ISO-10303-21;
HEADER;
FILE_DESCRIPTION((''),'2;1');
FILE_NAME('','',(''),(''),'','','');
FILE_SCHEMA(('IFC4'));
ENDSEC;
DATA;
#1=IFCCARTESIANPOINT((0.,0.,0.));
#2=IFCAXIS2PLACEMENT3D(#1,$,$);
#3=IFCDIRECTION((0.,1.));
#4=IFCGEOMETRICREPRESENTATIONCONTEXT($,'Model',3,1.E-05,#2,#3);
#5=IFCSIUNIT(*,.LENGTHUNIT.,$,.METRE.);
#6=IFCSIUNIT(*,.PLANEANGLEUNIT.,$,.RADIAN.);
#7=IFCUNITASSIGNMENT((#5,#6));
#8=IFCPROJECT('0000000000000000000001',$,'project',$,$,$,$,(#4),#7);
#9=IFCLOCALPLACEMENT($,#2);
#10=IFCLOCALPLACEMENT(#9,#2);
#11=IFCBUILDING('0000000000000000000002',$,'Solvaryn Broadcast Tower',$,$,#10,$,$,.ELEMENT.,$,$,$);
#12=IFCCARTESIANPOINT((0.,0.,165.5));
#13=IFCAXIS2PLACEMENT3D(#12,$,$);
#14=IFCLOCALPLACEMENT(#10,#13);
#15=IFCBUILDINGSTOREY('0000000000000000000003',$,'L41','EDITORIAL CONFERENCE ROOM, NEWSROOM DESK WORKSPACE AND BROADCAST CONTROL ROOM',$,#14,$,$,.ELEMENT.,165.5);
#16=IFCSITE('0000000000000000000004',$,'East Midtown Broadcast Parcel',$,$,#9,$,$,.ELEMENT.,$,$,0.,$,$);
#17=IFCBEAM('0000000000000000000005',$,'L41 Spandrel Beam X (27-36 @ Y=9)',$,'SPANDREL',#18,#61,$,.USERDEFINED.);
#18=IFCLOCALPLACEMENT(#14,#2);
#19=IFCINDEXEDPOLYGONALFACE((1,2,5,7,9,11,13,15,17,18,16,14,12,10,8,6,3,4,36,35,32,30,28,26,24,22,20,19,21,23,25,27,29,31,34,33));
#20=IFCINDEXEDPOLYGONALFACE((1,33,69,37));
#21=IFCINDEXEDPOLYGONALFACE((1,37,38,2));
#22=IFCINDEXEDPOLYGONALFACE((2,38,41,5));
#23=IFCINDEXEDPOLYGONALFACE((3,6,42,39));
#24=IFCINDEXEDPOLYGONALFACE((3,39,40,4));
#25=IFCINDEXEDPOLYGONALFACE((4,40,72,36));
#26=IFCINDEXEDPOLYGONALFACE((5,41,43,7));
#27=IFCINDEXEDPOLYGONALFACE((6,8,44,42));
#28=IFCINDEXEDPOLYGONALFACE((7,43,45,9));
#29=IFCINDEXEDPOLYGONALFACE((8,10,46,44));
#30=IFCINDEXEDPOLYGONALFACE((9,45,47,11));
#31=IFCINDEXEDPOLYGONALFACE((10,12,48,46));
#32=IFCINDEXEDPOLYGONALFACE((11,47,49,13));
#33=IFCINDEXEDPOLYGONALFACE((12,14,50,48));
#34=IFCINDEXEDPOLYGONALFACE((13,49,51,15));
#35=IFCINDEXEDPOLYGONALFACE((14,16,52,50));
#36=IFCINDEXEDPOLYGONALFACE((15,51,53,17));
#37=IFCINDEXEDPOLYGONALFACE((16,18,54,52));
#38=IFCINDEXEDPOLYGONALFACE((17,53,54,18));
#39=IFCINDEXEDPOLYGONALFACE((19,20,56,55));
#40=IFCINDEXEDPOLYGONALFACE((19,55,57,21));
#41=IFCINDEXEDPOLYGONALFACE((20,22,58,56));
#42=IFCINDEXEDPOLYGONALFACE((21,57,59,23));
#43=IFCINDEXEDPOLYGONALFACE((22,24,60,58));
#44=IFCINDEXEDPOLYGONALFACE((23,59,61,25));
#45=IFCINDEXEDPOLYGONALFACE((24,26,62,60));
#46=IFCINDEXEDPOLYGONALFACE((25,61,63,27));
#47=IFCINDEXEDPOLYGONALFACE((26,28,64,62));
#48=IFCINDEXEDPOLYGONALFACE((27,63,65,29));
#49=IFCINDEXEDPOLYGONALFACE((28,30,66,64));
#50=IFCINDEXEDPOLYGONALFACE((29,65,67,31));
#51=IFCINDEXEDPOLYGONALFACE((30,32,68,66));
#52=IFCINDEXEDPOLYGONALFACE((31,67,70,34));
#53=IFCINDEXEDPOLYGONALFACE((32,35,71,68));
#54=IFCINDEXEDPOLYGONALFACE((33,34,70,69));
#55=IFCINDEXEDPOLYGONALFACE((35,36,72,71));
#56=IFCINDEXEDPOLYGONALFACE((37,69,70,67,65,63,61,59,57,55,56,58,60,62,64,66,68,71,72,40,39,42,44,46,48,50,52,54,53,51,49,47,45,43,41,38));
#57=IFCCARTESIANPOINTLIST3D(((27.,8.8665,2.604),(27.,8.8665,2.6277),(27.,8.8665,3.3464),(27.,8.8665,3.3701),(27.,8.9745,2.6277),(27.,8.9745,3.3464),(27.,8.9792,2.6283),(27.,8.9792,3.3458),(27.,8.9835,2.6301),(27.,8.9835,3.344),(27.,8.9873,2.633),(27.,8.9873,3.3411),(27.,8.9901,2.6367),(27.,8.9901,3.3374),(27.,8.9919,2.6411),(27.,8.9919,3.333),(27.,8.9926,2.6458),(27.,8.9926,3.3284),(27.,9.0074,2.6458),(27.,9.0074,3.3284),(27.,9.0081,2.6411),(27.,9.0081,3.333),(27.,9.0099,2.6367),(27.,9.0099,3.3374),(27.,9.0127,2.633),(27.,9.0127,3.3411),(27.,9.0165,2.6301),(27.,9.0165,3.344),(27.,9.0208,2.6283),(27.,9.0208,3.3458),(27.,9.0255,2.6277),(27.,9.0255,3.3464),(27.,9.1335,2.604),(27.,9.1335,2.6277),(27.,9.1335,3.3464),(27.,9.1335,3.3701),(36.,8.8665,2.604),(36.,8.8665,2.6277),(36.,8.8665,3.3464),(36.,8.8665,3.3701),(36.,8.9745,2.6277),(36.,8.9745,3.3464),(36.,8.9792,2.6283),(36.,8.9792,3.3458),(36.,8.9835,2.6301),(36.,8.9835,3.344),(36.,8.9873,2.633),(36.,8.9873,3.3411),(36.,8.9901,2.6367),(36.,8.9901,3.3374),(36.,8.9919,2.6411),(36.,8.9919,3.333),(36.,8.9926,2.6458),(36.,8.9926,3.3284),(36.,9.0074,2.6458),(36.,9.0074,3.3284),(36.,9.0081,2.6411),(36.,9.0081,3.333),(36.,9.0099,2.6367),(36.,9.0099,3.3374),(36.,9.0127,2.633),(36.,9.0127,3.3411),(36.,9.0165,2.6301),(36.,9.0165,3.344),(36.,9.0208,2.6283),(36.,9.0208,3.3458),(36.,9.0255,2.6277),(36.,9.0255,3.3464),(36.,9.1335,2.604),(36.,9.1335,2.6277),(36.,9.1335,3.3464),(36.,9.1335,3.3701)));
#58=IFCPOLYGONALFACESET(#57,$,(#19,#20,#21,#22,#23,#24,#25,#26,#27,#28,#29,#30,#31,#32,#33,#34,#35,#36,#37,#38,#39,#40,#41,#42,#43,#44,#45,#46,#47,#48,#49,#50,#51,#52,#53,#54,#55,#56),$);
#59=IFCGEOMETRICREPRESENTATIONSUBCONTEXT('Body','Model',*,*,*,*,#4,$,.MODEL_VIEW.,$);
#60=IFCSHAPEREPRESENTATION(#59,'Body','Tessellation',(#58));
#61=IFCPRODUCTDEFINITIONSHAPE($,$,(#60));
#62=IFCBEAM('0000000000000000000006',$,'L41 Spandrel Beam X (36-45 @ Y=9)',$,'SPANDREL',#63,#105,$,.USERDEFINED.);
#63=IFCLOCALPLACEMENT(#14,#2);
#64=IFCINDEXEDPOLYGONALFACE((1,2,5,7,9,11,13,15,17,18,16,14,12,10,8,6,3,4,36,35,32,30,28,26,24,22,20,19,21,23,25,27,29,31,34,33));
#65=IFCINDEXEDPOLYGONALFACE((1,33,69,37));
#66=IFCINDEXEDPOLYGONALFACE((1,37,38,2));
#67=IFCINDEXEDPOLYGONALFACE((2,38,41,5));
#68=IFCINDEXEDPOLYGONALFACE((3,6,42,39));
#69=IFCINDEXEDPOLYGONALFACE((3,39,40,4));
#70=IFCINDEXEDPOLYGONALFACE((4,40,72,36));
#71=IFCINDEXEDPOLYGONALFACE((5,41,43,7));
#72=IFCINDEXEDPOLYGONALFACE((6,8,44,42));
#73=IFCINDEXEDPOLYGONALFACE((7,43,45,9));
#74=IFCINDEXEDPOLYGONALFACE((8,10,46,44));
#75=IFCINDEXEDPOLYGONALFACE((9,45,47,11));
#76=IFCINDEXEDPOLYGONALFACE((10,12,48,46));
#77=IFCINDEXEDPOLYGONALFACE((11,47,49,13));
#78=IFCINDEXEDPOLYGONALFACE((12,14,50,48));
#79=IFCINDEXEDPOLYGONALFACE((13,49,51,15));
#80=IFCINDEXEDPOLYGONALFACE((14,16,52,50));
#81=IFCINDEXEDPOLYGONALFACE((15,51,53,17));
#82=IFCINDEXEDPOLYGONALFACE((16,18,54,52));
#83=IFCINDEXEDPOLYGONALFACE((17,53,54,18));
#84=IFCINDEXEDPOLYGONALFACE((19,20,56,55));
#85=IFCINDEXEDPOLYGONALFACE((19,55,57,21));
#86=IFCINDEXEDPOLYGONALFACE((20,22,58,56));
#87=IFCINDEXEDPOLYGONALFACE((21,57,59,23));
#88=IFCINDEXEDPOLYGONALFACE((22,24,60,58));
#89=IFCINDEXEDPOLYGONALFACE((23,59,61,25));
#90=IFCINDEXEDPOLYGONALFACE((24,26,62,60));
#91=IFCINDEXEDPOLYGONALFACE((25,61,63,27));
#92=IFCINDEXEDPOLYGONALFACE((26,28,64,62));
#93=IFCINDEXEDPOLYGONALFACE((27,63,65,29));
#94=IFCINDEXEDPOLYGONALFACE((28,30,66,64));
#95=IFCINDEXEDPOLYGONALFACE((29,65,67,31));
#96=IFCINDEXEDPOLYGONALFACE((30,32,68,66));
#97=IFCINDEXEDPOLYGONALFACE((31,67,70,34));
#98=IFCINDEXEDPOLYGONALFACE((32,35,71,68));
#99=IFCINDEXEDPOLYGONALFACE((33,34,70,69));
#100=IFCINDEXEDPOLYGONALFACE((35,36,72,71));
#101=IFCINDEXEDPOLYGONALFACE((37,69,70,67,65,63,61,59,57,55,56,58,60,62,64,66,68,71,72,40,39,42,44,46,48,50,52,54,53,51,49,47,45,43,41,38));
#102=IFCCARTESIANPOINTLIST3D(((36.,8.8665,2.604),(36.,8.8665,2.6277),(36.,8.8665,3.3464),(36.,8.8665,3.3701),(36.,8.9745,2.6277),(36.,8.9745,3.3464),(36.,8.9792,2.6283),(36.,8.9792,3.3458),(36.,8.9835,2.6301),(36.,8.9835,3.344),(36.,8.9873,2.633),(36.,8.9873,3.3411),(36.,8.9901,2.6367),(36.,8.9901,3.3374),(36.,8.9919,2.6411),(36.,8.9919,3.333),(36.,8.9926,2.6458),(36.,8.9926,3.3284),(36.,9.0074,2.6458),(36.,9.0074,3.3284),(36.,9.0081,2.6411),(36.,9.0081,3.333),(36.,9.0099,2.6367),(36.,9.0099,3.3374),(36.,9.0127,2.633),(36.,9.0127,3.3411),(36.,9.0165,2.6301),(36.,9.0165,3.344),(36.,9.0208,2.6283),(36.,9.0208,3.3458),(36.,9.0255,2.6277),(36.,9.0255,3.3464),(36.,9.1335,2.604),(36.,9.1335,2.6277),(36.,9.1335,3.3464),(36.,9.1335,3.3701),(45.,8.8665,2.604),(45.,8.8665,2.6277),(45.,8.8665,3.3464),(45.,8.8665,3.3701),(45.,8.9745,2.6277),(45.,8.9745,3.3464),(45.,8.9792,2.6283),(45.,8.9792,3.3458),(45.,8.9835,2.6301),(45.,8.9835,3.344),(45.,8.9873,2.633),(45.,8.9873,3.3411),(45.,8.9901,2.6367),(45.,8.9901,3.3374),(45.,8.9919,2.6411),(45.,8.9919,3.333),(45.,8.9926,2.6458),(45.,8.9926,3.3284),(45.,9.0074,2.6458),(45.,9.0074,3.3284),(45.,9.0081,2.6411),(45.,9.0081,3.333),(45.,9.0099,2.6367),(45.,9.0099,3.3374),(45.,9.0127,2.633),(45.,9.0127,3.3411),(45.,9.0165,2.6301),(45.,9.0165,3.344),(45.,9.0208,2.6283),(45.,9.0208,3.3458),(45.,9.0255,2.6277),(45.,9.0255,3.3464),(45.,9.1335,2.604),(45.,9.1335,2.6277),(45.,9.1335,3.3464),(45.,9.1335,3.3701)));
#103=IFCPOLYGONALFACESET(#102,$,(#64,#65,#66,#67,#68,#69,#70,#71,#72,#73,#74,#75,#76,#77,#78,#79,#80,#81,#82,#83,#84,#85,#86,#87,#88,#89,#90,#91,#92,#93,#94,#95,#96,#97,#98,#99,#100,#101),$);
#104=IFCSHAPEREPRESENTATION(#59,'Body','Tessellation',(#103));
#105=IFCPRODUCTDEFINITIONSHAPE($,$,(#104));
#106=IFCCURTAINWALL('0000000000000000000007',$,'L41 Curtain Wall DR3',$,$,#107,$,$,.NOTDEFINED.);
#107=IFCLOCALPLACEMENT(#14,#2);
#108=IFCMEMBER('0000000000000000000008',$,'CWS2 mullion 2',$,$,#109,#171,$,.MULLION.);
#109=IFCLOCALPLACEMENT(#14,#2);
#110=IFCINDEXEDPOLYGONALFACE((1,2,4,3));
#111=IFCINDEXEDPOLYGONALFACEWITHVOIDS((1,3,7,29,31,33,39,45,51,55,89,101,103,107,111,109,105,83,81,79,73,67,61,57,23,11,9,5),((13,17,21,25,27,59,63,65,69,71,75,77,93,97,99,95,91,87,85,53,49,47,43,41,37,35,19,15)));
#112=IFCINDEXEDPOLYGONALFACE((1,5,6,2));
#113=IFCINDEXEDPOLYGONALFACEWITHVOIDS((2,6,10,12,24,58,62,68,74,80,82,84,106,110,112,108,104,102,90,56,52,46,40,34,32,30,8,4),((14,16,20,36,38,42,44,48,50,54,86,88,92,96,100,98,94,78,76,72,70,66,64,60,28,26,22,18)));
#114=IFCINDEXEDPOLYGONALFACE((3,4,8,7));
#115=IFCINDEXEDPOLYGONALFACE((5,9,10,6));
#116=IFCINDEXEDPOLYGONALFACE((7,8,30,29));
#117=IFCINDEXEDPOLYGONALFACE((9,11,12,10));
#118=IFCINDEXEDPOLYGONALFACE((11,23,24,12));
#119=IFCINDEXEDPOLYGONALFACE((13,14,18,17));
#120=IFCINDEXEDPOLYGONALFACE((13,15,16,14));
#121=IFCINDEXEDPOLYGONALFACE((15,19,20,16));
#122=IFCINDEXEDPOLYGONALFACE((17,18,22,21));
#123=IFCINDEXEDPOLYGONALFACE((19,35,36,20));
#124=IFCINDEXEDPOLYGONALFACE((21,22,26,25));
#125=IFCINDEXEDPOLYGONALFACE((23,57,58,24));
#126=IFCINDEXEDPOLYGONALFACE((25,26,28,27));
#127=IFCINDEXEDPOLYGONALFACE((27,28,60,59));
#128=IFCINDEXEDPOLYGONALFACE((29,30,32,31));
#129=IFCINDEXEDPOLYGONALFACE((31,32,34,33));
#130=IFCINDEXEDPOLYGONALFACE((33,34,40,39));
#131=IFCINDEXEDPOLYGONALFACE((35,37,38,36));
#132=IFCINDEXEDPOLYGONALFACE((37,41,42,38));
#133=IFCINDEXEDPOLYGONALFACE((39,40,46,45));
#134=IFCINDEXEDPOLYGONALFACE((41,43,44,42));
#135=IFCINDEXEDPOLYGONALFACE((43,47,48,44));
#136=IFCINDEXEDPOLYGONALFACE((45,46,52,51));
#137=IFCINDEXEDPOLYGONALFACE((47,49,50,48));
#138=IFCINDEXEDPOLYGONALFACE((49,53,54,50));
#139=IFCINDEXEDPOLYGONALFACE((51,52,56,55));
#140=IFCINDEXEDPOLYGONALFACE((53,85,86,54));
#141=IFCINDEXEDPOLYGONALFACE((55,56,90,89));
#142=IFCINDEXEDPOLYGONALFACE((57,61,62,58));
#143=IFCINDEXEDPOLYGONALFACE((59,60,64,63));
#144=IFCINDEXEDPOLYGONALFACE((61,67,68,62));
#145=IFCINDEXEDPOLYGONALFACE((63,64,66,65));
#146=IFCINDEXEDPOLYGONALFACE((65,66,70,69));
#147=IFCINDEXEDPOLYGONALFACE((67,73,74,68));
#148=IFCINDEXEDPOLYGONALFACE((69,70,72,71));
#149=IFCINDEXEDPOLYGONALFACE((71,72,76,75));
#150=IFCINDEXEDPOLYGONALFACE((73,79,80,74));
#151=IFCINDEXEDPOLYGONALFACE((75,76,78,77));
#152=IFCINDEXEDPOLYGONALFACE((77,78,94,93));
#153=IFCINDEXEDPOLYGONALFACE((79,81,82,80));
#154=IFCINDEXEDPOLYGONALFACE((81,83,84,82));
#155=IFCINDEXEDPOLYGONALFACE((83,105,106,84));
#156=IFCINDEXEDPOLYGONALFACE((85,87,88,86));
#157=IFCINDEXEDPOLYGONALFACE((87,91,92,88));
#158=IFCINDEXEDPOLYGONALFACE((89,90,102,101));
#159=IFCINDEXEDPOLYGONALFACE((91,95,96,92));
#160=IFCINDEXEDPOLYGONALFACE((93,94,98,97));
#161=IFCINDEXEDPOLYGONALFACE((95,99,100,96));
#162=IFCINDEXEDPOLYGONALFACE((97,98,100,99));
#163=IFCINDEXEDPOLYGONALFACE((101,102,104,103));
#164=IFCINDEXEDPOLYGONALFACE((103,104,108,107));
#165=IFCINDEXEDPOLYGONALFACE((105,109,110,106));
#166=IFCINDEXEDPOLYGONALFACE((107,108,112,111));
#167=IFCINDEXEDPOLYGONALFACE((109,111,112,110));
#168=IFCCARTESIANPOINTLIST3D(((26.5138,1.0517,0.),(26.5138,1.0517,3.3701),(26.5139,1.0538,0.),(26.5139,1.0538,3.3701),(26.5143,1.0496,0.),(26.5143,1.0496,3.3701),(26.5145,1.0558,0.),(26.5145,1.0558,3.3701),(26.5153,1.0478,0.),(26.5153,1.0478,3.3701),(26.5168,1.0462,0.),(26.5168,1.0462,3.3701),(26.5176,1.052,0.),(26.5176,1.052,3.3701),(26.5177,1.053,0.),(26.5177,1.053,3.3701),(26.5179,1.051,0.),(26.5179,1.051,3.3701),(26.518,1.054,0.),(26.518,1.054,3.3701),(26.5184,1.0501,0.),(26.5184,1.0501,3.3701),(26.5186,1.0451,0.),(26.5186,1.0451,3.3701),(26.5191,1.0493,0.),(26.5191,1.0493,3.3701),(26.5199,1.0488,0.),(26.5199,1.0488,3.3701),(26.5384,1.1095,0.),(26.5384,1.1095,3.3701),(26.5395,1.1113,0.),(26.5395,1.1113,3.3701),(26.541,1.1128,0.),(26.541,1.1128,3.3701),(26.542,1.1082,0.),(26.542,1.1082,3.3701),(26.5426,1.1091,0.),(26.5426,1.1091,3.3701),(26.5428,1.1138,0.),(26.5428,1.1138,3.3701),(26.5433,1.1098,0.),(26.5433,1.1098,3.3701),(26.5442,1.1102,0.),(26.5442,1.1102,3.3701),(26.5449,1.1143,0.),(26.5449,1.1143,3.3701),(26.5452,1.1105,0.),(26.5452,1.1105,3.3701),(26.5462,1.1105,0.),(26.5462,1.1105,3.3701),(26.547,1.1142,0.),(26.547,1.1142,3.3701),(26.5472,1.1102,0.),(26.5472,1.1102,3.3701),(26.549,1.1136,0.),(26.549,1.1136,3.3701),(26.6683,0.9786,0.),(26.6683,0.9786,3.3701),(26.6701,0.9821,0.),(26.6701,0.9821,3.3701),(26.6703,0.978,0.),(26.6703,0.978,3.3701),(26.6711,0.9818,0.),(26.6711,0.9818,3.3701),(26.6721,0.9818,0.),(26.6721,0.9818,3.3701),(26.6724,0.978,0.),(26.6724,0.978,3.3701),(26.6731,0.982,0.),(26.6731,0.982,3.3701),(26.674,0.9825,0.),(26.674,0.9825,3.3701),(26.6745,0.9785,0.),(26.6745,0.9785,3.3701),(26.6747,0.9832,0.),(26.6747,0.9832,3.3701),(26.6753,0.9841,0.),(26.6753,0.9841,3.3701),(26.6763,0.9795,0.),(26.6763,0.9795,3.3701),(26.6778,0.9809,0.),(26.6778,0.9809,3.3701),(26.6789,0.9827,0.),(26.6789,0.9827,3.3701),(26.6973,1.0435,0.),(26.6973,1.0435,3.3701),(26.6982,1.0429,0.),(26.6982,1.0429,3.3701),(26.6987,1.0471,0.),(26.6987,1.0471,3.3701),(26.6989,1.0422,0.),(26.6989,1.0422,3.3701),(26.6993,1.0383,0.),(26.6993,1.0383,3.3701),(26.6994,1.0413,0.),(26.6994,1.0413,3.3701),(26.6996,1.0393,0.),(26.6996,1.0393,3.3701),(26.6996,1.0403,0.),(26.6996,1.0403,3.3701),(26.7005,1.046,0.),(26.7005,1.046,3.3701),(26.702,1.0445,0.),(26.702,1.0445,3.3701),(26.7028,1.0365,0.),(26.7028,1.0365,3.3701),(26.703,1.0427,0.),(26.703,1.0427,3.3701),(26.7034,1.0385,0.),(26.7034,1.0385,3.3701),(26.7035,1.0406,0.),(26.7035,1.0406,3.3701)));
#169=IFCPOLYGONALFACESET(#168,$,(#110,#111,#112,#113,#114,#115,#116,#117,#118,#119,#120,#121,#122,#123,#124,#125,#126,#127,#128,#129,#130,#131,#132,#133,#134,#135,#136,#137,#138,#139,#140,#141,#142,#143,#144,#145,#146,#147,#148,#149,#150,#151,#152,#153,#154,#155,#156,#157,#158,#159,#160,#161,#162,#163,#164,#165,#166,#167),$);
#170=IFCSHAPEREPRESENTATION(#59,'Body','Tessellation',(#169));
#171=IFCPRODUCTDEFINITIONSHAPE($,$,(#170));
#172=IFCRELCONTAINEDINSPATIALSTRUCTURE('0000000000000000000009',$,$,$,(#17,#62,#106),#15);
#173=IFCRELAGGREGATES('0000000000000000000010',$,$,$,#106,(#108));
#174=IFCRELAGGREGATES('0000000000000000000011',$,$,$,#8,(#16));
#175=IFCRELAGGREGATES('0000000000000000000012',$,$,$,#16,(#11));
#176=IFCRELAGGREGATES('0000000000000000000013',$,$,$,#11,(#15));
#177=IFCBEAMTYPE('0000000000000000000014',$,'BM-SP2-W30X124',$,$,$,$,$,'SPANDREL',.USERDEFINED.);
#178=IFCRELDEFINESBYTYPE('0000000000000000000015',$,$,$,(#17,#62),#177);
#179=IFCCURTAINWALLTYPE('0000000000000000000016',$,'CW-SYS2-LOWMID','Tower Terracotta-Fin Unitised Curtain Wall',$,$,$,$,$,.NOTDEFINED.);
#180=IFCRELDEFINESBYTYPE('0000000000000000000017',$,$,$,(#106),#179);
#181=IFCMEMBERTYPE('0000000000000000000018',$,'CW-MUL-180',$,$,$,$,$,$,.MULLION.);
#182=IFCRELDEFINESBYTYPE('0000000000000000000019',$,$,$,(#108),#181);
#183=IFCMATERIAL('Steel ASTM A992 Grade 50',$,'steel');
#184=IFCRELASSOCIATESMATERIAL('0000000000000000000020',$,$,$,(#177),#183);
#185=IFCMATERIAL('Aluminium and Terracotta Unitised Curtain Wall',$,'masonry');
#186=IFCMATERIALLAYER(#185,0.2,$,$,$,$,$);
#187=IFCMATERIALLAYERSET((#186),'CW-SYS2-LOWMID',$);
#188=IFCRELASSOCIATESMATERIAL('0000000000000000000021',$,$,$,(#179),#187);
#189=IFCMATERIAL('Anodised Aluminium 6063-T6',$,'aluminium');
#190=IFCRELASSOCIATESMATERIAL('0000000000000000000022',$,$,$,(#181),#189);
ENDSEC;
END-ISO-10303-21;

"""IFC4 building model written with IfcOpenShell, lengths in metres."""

from ifc_helpers import new_model, si_unit, direction, frame, origin, origin_2d, place, context, subcontext, project, spatial, hollow_rectangle, i_section, extrude, material, layer, layer_set, material_profile, profile_set, type_object, element, aggregate, save


model = new_model("IFC4")

# Units and contexts
model_context = context("Model", 3, precision=1e-05, world=origin(), true_north=direction((0.0, 1.0)))
body_context = subcontext(model_context, "Body", "Model", "MODEL_VIEW")
ifc_project = project(units=[si_unit("LENGTHUNIT", "METRE"), si_unit("PLANEANGLEUNIT", "RADIAN")], contexts=[model_context])

# Site, building, storey
site_placement = place(None, origin())
site = spatial("IfcSite", under=ifc_project, at=site_placement, Name="East Midtown Broadcast Parcel", CompositionType="ELEMENT", RefElevation=0.0)
building_placement = place(site_placement, origin())
building = spatial("IfcBuilding", under=site, at=building_placement, Name="Solvaryn Broadcast Tower", CompositionType="ELEMENT")
storey_placement = place(building_placement, frame((0.0, 0.0, 165.5)))
storey = spatial("IfcBuildingStorey", under=building, at=storey_placement, Name="L41", Description="EDITORIAL CONFERENCE ROOM, NEWSROOM DESK WORKSPACE AND BROADCAST CONTROL ROOM", CompositionType="ELEMENT", Elevation=165.5)

# Beams
ifc_material_1 = material(Name="Steel ASTM A992 Grade 50", Category="steel")
ifc_material_profile_1 = material_profile(ifc_material_1, i_section(OverallWidth=0.2671, OverallDepth=0.7661, WebThickness=0.0149, FlangeThickness=0.0237, FilletRadius=0.0181, at=origin_2d()))
ifc_profile_set_1 = profile_set([ifc_material_profile_1], Name="Steel ASTM A992 Grade 50")
beam_type_1 = type_object("IfcBeamType", Name="BM-SP2-W30X124", ElementType="SPANDREL", PredefinedType="USERDEFINED", material=ifc_profile_set_1)
for number, where, z_axis, x_axis, name in (
    (1, (27.0, 9.0, 2.9871), (1.0, 0.0, 0.0), (0.0, 1.0, 0.0), "L41 Spandrel Beam X (27-36 @ Y=9)"),
    (2, (36.0, 9.0, 2.9871), (1.0, 0.0, 0.0), (0.0, 1.0, 0.0), "L41 Spandrel Beam X (36-45 @ Y=9)"),
):
    element("IfcBeam", number, at=place(storey_placement, frame(where, z_axis=z_axis, x_axis=x_axis)), inside=storey, type_object=beam_type_1, Name=name, ObjectType="SPANDREL", PredefinedType="USERDEFINED", context=body_context, shape_type="SweptSolid", body=[
        extrude(i_section(OverallWidth=0.2671, OverallDepth=0.7661, WebThickness=0.0149, FlangeThickness=0.0237, FilletRadius=0.0181, at=origin_2d()), origin(), (0.0, 0.0, 1.0), 9.0),
    ])

# Curtain wall, member
ifc_material_2 = material(Name="Aluminium and Terracotta Unitised Curtain Wall", Category="masonry")
ifc_layer_1 = layer(ifc_material_2, 0.2)
ifc_layer_set_1 = layer_set([ifc_layer_1], Name="CW-SYS2-LOWMID")
curtain_wall_type = type_object("IfcCurtainWallType", Name="CW-SYS2-LOWMID", Description="Tower Terracotta-Fin Unitised Curtain Wall", PredefinedType="NOTDEFINED", material=ifc_layer_set_1)
curtain_wall_1_placement = place(storey_placement, origin())
curtain_wall_1 = element("IfcCurtainWall", 3, at=curtain_wall_1_placement, inside=storey, type_object=curtain_wall_type, Name="L41 Curtain Wall DR3", PredefinedType="NOTDEFINED")
ifc_material_3 = material(Name="Anodised Aluminium 6063-T6", Category="aluminium")
ifc_material_profile_2 = material_profile(ifc_material_3, hollow_rectangle(XDim=0.075, YDim=0.1799, WallThickness=0.0039, InnerFilletRadius=0.0039, OuterFilletRadius=0.0081, at=origin_2d()))
ifc_profile_set_2 = profile_set([ifc_material_profile_2], Name="Anodised Aluminium 6063-T6")
member_type_1 = type_object("IfcMemberType", Name="CW-MUL-180", PredefinedType="MULLION", material=ifc_profile_set_2)
member_1_placement = place(storey_placement, frame((26.6086, 1.0461, 0.0), z_axis=(0.0, 0.0, 1.0), x_axis=(0.405918, 0.913909, 0.0)))
member_1 = element("IfcMember", 4, at=member_1_placement, type_object=member_type_1, Name="CWS2 mullion 2", PredefinedType="MULLION", context=body_context, shape_type="SweptSolid", body=[
    extrude(hollow_rectangle(XDim=0.075, YDim=0.1799, WallThickness=0.0039, InnerFilletRadius=0.0039, OuterFilletRadius=0.0081, at=origin_2d()), origin(), (0.0, 0.0, 1.0), 3.3701),
])
aggregate(curtain_wall_1, [member_1])

save(model, "model.ifc")
